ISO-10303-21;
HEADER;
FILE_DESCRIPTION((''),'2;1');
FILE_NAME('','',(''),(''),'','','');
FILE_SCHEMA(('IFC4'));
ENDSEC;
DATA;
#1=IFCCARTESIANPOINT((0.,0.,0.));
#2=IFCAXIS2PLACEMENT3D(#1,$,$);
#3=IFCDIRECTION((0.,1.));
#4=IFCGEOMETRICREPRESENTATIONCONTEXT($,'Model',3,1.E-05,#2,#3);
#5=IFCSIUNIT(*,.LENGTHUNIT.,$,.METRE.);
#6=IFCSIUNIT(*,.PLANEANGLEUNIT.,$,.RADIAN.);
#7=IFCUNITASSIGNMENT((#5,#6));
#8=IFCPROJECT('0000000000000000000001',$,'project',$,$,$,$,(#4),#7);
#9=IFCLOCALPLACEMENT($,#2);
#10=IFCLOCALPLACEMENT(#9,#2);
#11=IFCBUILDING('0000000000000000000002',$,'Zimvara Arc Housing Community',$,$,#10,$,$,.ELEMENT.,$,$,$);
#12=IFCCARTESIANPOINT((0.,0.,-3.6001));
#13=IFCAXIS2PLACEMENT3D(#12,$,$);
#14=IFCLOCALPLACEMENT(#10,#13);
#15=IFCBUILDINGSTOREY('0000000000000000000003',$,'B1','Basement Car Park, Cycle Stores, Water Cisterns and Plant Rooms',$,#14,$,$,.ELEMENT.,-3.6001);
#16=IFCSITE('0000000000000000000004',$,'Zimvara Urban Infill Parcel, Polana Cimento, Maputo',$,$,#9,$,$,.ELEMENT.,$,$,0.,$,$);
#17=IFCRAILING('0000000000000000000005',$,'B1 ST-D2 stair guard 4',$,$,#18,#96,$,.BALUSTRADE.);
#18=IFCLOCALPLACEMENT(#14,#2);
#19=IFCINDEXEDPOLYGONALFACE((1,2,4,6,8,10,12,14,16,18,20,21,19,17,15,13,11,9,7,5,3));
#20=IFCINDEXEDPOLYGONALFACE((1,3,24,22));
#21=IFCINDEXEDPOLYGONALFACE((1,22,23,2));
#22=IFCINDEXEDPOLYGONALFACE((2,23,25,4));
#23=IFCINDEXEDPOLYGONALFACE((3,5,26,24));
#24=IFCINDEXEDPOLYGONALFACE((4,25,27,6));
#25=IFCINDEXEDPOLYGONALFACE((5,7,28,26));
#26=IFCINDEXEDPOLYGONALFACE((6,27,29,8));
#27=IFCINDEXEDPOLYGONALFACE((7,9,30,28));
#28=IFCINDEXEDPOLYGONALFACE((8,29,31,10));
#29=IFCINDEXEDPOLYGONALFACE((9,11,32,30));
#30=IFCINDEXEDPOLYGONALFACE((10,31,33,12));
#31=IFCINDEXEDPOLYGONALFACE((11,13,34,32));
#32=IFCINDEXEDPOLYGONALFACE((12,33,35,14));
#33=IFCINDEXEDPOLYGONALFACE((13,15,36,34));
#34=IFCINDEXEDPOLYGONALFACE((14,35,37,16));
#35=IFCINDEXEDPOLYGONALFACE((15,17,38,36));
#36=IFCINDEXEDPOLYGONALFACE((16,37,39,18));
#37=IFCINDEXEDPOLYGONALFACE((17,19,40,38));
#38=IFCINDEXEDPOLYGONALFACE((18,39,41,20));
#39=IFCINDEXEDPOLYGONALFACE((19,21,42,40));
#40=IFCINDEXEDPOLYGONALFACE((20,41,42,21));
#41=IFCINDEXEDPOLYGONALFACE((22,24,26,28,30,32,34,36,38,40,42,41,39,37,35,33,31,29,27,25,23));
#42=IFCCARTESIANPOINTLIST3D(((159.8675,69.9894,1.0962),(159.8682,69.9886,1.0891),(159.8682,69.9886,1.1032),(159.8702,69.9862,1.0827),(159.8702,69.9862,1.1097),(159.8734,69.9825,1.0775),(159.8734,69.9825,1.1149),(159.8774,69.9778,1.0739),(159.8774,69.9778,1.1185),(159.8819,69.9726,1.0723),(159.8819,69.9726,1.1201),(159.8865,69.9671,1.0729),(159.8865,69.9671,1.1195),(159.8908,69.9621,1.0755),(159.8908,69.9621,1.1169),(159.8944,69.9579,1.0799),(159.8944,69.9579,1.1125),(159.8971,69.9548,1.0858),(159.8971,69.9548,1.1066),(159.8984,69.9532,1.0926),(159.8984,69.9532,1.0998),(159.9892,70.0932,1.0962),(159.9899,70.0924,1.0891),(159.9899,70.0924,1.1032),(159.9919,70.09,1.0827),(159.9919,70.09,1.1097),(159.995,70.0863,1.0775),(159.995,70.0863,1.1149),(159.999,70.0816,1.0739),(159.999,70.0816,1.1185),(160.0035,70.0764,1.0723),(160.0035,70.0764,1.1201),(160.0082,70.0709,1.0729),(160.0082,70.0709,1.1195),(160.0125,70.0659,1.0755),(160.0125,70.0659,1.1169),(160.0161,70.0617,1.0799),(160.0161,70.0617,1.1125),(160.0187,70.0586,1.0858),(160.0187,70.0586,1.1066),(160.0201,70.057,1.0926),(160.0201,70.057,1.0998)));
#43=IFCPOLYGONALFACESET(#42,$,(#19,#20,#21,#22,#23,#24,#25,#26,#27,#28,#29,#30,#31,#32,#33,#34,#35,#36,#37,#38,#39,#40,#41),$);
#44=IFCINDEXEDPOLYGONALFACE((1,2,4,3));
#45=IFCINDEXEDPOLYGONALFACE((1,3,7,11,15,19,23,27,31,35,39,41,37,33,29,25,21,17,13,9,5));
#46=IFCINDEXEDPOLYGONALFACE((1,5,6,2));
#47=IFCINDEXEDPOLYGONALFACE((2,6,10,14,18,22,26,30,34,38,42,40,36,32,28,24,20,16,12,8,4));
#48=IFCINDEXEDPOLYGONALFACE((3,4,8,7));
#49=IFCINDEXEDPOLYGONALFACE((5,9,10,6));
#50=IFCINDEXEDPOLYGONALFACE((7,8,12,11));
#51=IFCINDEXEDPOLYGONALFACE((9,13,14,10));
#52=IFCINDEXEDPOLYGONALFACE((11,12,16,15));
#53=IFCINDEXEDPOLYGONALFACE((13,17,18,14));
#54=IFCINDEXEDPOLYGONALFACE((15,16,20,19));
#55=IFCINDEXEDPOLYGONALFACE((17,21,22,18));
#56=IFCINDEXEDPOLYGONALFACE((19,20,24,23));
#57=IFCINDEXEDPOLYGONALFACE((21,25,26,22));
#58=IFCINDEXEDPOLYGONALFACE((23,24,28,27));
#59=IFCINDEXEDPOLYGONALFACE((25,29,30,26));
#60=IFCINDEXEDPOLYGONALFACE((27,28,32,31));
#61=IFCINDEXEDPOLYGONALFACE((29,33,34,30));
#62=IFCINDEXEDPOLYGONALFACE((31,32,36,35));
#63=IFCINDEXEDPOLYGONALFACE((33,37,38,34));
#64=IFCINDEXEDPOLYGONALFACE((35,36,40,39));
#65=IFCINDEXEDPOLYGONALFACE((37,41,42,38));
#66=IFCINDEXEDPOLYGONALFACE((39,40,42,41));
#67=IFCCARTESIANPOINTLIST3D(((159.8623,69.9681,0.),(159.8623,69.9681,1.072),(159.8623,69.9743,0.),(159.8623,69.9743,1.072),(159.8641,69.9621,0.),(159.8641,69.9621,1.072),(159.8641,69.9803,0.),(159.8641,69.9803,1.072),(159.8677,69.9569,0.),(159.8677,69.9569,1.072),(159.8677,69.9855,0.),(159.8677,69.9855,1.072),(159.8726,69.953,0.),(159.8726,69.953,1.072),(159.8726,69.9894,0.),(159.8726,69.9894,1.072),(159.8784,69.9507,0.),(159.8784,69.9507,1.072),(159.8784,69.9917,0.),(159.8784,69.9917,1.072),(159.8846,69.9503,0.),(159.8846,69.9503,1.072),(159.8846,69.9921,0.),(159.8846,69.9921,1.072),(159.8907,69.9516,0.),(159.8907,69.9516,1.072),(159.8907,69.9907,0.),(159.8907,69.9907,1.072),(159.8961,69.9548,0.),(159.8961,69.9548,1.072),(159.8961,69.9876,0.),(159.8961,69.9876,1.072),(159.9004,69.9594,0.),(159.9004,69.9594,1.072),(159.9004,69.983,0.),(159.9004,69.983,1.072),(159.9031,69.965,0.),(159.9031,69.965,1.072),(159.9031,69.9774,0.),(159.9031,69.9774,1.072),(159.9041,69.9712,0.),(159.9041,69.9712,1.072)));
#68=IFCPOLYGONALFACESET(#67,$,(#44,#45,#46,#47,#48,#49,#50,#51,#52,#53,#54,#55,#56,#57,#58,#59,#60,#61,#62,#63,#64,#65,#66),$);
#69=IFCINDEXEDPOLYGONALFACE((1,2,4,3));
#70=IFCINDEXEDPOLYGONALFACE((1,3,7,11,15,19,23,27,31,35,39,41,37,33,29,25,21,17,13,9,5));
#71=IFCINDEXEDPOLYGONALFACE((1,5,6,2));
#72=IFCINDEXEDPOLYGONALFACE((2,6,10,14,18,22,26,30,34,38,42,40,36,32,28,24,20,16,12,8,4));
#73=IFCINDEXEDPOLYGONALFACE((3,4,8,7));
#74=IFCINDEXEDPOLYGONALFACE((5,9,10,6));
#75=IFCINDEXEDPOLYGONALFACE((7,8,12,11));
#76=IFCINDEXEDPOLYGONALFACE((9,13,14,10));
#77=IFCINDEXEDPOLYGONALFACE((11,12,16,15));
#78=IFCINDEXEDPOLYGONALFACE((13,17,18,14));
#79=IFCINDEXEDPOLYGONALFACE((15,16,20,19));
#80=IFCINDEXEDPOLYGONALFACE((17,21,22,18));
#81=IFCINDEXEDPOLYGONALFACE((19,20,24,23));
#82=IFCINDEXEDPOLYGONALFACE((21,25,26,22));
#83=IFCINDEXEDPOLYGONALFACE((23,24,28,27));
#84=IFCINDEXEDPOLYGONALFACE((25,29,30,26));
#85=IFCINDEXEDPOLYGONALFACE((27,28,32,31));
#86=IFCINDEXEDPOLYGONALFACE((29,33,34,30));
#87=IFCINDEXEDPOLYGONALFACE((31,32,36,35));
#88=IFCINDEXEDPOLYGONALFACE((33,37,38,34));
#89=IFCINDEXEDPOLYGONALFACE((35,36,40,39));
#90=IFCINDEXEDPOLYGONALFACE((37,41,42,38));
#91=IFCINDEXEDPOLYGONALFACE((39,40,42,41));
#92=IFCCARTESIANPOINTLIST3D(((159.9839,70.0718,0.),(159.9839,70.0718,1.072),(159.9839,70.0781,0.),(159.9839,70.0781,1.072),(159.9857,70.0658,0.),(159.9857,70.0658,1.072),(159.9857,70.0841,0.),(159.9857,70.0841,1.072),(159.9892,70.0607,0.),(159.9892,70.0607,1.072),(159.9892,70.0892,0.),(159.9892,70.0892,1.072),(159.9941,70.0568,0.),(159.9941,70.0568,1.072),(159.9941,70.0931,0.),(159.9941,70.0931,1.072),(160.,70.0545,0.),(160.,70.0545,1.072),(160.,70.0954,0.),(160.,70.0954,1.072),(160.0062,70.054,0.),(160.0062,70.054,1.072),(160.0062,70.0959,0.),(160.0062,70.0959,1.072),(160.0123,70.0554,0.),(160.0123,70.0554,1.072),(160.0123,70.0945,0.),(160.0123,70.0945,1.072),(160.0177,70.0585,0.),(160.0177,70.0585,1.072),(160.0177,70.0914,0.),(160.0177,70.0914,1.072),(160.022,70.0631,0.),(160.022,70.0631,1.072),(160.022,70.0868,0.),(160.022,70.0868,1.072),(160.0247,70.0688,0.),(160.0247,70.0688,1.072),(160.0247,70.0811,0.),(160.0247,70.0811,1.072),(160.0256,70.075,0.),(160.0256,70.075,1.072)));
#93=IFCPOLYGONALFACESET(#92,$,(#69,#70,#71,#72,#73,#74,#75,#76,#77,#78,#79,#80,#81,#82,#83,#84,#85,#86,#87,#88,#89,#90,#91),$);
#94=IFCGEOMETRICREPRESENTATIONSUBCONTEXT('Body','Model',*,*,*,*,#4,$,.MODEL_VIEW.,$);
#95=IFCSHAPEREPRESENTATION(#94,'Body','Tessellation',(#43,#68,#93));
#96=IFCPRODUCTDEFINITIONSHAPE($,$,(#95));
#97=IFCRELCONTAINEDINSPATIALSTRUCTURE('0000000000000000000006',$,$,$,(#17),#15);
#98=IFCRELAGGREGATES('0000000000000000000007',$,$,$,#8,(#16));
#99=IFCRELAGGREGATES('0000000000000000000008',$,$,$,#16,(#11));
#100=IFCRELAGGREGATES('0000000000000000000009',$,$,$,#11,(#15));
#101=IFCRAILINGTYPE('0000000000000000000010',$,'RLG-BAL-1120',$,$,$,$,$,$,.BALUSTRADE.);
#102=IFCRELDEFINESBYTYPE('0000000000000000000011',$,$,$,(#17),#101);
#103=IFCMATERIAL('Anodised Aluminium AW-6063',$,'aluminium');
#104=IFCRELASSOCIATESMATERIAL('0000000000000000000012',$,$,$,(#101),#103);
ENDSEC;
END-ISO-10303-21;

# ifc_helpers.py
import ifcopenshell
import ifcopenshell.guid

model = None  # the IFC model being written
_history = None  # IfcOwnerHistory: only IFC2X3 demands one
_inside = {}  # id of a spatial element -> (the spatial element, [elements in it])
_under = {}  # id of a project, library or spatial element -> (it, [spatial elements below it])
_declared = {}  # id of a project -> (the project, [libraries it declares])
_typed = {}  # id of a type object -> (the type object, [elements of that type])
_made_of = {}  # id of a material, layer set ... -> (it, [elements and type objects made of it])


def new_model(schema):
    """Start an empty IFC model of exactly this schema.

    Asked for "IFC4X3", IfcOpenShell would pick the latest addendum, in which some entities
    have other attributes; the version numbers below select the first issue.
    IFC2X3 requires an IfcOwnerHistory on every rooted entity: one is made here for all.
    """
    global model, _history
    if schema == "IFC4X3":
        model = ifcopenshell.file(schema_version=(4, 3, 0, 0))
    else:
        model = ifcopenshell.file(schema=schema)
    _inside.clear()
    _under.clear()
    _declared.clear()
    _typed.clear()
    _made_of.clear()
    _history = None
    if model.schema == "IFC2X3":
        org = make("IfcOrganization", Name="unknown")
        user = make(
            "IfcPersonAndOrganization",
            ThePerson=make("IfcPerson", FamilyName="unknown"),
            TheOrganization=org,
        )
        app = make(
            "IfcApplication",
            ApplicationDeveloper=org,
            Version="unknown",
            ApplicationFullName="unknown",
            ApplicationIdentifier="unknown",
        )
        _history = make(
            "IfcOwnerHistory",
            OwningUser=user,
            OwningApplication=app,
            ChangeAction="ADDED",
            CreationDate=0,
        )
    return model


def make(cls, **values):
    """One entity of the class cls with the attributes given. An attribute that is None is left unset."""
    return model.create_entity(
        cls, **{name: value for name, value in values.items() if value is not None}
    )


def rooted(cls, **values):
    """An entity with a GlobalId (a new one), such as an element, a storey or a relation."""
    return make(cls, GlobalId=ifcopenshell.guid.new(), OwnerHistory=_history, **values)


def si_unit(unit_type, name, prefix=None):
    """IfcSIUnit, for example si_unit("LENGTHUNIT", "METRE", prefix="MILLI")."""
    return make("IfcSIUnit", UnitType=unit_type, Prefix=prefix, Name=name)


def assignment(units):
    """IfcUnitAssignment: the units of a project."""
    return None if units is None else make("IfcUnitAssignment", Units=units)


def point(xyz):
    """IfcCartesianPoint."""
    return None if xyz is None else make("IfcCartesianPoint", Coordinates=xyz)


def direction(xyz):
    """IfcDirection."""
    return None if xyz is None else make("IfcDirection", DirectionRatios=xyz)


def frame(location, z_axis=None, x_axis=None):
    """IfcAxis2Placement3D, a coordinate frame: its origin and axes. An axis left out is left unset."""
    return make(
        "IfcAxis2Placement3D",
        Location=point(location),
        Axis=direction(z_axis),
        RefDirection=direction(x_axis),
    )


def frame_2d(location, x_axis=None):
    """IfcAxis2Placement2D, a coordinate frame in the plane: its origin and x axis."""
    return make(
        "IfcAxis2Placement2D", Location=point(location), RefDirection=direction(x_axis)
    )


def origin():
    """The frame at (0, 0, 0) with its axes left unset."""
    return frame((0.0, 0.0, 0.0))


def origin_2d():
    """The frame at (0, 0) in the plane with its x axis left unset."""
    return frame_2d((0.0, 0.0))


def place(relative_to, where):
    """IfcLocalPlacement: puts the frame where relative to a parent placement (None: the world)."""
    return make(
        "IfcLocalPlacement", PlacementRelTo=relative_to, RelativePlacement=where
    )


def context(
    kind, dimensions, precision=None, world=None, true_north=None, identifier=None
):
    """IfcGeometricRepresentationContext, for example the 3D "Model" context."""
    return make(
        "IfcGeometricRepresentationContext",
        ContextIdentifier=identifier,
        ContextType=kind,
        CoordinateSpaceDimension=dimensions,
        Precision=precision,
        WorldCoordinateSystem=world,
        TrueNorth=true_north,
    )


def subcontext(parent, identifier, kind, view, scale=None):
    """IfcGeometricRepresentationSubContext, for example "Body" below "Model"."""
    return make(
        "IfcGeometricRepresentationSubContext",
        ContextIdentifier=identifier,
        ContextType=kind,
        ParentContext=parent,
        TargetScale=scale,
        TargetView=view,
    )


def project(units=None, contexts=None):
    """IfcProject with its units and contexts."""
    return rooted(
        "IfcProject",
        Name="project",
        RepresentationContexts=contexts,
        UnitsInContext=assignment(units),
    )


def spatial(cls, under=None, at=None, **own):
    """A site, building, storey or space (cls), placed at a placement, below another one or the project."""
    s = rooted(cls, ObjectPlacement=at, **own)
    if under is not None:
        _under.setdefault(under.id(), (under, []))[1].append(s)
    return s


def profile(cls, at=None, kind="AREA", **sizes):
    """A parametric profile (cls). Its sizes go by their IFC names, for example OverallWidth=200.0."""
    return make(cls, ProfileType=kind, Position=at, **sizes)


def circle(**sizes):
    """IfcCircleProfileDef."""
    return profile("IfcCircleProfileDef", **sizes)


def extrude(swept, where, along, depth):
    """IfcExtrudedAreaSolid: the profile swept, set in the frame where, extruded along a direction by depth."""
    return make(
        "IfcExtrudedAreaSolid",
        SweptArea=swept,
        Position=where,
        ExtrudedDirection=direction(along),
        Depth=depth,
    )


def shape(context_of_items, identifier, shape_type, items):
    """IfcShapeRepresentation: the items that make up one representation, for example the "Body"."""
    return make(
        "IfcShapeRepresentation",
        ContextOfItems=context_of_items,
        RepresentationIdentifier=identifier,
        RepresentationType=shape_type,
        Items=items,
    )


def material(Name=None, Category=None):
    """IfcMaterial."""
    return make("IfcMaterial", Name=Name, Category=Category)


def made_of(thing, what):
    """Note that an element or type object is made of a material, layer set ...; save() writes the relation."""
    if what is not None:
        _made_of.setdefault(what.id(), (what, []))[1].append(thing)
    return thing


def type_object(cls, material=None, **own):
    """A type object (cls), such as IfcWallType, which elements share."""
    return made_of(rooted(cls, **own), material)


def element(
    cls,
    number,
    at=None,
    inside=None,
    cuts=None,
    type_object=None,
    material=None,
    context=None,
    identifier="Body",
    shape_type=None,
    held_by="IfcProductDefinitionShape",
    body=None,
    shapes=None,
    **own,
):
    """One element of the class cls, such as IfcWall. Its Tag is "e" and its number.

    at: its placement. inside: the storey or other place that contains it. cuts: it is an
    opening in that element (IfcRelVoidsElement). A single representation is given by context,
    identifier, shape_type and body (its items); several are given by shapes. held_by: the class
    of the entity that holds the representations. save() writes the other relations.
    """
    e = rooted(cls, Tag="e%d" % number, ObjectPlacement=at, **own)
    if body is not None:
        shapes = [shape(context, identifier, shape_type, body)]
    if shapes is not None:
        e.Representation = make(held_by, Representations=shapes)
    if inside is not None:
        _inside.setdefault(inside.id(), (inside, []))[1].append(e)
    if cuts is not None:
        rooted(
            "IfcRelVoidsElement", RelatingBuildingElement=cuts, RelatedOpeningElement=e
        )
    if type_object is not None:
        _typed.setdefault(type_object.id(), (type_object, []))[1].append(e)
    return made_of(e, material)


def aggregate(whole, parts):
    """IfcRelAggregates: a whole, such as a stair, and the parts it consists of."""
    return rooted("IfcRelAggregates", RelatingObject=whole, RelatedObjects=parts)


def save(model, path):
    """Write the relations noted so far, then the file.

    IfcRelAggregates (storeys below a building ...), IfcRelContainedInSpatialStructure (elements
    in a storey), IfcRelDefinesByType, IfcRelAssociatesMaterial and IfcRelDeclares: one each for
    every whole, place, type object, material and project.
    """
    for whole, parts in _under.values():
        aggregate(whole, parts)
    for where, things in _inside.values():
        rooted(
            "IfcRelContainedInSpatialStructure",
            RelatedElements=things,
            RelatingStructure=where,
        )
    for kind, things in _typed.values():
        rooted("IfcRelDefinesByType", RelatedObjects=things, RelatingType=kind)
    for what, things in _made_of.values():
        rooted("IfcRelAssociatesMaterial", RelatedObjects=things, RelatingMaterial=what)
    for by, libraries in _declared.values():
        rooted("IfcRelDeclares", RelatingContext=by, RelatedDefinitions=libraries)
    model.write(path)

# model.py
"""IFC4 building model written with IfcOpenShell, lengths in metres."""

from ifc_helpers import new_model, si_unit, direction, frame, origin, origin_2d, place, context, subcontext, project, spatial, circle, extrude, material, type_object, element, save


model = new_model("IFC4")

# Units and contexts
model_context = context("Model", 3, precision=1e-05, world=origin(), true_north=direction((0.0, 1.0)))
body_context = subcontext(model_context, "Body", "Model", "MODEL_VIEW")
ifc_project = project(units=[si_unit("LENGTHUNIT", "METRE"), si_unit("PLANEANGLEUNIT", "RADIAN")], contexts=[model_context])

# Site, building, storey
site_placement = place(None, origin())
site = spatial("IfcSite", under=ifc_project, at=site_placement, Name="Zimvara Urban Infill Parcel, Polana Cimento, Maputo", CompositionType="ELEMENT", RefElevation=0.0)
building_placement = place(site_placement, origin())
building = spatial("IfcBuilding", under=site, at=building_placement, Name="Zimvara Arc Housing Community", CompositionType="ELEMENT")
storey_placement = place(building_placement, frame((0.0, 0.0, -3.6001)))
storey = spatial("IfcBuildingStorey", under=building, at=storey_placement, Name="B1", Description="Basement Car Park, Cycle Stores, Water Cisterns and Plant Rooms", CompositionType="ELEMENT", Elevation=-3.6001)

# Railing
ifc_material_1 = material(Name="Anodised Aluminium AW-6063", Category="aluminium")
railing_type_1 = type_object("IfcRailingType", Name="RLG-BAL-1120", PredefinedType="BALUSTRADE", material=ifc_material_1)
railing_1_placement = place(storey_placement, frame((159.8831, 69.9712, 0.0)))
element("IfcRailing", 1, at=railing_1_placement, inside=storey, type_object=railing_type_1, Name="B1 ST-D2 stair guard 4", PredefinedType="BALUSTRADE", context=body_context, shape_type="SweptSolid", body=[
    extrude(circle(Radius=0.0239, at=origin_2d()), frame((0.0, 0.0, 1.0962), z_axis=(0.760656, 0.649155, 0.0), x_axis=(-0.649155, 0.760656, 0.0)), (0.0, 0.0, 1.0), 0.1599),
    extrude(circle(Radius=0.021, at=origin_2d()), origin(), (0.0, 0.0, 1.0), 1.072),
    extrude(circle(Radius=0.021, at=origin_2d()), frame((0.1216, 0.1038, 0.0)), (0.0, 0.0, 1.0), 1.072),
])

save(model, "model.ifc")
